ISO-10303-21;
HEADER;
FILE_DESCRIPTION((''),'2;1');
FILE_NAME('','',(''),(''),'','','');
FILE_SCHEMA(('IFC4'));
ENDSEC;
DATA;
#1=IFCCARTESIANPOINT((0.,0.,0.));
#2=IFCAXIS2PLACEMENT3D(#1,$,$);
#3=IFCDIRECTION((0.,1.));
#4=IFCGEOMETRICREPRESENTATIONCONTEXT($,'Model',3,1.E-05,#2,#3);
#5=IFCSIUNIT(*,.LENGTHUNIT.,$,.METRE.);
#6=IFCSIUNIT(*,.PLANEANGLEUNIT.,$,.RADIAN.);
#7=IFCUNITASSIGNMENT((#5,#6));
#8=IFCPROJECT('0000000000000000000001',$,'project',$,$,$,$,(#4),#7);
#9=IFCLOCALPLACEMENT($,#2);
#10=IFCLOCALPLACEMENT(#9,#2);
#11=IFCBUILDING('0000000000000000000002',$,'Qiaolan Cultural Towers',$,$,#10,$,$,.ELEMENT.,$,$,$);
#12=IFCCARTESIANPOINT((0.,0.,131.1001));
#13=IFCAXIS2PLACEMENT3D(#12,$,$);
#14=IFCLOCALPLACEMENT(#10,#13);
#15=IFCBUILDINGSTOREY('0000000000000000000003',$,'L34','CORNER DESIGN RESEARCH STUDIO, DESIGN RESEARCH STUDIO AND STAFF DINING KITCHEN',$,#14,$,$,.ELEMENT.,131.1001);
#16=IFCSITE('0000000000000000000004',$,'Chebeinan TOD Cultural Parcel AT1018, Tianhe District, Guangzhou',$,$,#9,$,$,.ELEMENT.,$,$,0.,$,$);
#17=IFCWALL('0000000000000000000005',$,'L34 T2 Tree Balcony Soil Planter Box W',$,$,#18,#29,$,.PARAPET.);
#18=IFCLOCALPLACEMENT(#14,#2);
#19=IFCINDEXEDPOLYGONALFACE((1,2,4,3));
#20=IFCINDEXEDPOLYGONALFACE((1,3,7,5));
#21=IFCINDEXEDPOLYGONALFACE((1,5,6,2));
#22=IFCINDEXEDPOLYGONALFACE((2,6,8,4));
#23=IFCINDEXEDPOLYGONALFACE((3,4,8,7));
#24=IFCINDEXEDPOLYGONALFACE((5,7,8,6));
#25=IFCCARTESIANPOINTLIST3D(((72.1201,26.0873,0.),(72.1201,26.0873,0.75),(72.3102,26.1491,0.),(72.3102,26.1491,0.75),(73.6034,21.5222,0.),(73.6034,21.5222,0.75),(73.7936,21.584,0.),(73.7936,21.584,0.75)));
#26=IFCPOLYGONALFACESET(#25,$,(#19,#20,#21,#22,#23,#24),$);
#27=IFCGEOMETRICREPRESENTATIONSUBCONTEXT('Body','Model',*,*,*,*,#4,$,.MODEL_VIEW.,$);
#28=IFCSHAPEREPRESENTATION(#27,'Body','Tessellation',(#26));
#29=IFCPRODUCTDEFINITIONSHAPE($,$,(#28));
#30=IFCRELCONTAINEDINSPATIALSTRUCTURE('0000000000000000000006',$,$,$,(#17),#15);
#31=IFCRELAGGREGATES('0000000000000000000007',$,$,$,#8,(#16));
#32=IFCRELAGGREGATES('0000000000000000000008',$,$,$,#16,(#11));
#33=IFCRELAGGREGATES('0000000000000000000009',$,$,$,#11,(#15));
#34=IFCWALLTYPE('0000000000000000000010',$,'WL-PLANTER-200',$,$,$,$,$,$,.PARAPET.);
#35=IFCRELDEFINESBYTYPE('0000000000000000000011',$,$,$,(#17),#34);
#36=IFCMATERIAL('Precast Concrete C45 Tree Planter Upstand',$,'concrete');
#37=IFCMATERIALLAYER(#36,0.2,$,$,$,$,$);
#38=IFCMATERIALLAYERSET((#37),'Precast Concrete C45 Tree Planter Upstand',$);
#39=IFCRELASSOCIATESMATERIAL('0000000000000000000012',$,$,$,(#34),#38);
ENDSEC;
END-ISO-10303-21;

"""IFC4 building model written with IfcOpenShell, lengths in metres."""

from ifc_helpers import new_model, si_unit, direction, frame, frame_2d, origin, place, context, subcontext, project, spatial, rectangle, extrude, material, layer, layer_set, type_object, element, save


model = new_model("IFC4")

# Units and contexts
model_context = context("Model", 3, precision=1e-05, world=origin(), true_north=direction((0.0, 1.0)))
body_context = subcontext(model_context, "Body", "Model", "MODEL_VIEW")
ifc_project = project(units=[si_unit("LENGTHUNIT", "METRE"), si_unit("PLANEANGLEUNIT", "RADIAN")], contexts=[model_context])

# Site, building, storey
site_placement = place(None, origin())
site = spatial("IfcSite", under=ifc_project, at=site_placement, Name="Chebeinan TOD Cultural Parcel AT1018, Tianhe District, Guangzhou", CompositionType="ELEMENT", RefElevation=0.0)
building_placement = place(site_placement, origin())
building = spatial("IfcBuilding", under=site, at=building_placement, Name="Qiaolan Cultural Towers", CompositionType="ELEMENT")
storey_placement = place(building_placement, frame((0.0, 0.0, 131.1001)))
storey = spatial("IfcBuildingStorey", under=building, at=storey_placement, Name="L34", Description="CORNER DESIGN RESEARCH STUDIO, DESIGN RESEARCH STUDIO AND STAFF DINING KITCHEN", CompositionType="ELEMENT", Elevation=131.1001)

# Wall
ifc_material_1 = material(Name="Precast Concrete C45 Tree Planter Upstand", Category="concrete")
ifc_layer_1 = layer(ifc_material_1, 0.2)
ifc_layer_set_1 = layer_set([ifc_layer_1], Name="Precast Concrete C45 Tree Planter Upstand")
wall_type_1 = type_object("IfcWallType", Name="WL-PLANTER-200", PredefinedType="PARAPET", material=ifc_layer_set_1)
wall_1_placement = place(storey_placement, frame((73.6985, 21.5532, 0.0), z_axis=(0.0, 0.0, 1.0), x_axis=(-0.309032, 0.951052, 0.0)))
element("IfcWall", 1, at=wall_1_placement, inside=storey, type_object=wall_type_1, Name="L34 T2 Tree Balcony Soil Planter Box W", PredefinedType="PARAPET", context=body_context, shape_type="SweptSolid", body=[
    extrude(rectangle(XDim=4.8, YDim=0.2, at=frame_2d((2.3999, 0.0))), origin(), (0.0, 0.0, 1.0), 0.75),
])

save(model, "model.ifc")
